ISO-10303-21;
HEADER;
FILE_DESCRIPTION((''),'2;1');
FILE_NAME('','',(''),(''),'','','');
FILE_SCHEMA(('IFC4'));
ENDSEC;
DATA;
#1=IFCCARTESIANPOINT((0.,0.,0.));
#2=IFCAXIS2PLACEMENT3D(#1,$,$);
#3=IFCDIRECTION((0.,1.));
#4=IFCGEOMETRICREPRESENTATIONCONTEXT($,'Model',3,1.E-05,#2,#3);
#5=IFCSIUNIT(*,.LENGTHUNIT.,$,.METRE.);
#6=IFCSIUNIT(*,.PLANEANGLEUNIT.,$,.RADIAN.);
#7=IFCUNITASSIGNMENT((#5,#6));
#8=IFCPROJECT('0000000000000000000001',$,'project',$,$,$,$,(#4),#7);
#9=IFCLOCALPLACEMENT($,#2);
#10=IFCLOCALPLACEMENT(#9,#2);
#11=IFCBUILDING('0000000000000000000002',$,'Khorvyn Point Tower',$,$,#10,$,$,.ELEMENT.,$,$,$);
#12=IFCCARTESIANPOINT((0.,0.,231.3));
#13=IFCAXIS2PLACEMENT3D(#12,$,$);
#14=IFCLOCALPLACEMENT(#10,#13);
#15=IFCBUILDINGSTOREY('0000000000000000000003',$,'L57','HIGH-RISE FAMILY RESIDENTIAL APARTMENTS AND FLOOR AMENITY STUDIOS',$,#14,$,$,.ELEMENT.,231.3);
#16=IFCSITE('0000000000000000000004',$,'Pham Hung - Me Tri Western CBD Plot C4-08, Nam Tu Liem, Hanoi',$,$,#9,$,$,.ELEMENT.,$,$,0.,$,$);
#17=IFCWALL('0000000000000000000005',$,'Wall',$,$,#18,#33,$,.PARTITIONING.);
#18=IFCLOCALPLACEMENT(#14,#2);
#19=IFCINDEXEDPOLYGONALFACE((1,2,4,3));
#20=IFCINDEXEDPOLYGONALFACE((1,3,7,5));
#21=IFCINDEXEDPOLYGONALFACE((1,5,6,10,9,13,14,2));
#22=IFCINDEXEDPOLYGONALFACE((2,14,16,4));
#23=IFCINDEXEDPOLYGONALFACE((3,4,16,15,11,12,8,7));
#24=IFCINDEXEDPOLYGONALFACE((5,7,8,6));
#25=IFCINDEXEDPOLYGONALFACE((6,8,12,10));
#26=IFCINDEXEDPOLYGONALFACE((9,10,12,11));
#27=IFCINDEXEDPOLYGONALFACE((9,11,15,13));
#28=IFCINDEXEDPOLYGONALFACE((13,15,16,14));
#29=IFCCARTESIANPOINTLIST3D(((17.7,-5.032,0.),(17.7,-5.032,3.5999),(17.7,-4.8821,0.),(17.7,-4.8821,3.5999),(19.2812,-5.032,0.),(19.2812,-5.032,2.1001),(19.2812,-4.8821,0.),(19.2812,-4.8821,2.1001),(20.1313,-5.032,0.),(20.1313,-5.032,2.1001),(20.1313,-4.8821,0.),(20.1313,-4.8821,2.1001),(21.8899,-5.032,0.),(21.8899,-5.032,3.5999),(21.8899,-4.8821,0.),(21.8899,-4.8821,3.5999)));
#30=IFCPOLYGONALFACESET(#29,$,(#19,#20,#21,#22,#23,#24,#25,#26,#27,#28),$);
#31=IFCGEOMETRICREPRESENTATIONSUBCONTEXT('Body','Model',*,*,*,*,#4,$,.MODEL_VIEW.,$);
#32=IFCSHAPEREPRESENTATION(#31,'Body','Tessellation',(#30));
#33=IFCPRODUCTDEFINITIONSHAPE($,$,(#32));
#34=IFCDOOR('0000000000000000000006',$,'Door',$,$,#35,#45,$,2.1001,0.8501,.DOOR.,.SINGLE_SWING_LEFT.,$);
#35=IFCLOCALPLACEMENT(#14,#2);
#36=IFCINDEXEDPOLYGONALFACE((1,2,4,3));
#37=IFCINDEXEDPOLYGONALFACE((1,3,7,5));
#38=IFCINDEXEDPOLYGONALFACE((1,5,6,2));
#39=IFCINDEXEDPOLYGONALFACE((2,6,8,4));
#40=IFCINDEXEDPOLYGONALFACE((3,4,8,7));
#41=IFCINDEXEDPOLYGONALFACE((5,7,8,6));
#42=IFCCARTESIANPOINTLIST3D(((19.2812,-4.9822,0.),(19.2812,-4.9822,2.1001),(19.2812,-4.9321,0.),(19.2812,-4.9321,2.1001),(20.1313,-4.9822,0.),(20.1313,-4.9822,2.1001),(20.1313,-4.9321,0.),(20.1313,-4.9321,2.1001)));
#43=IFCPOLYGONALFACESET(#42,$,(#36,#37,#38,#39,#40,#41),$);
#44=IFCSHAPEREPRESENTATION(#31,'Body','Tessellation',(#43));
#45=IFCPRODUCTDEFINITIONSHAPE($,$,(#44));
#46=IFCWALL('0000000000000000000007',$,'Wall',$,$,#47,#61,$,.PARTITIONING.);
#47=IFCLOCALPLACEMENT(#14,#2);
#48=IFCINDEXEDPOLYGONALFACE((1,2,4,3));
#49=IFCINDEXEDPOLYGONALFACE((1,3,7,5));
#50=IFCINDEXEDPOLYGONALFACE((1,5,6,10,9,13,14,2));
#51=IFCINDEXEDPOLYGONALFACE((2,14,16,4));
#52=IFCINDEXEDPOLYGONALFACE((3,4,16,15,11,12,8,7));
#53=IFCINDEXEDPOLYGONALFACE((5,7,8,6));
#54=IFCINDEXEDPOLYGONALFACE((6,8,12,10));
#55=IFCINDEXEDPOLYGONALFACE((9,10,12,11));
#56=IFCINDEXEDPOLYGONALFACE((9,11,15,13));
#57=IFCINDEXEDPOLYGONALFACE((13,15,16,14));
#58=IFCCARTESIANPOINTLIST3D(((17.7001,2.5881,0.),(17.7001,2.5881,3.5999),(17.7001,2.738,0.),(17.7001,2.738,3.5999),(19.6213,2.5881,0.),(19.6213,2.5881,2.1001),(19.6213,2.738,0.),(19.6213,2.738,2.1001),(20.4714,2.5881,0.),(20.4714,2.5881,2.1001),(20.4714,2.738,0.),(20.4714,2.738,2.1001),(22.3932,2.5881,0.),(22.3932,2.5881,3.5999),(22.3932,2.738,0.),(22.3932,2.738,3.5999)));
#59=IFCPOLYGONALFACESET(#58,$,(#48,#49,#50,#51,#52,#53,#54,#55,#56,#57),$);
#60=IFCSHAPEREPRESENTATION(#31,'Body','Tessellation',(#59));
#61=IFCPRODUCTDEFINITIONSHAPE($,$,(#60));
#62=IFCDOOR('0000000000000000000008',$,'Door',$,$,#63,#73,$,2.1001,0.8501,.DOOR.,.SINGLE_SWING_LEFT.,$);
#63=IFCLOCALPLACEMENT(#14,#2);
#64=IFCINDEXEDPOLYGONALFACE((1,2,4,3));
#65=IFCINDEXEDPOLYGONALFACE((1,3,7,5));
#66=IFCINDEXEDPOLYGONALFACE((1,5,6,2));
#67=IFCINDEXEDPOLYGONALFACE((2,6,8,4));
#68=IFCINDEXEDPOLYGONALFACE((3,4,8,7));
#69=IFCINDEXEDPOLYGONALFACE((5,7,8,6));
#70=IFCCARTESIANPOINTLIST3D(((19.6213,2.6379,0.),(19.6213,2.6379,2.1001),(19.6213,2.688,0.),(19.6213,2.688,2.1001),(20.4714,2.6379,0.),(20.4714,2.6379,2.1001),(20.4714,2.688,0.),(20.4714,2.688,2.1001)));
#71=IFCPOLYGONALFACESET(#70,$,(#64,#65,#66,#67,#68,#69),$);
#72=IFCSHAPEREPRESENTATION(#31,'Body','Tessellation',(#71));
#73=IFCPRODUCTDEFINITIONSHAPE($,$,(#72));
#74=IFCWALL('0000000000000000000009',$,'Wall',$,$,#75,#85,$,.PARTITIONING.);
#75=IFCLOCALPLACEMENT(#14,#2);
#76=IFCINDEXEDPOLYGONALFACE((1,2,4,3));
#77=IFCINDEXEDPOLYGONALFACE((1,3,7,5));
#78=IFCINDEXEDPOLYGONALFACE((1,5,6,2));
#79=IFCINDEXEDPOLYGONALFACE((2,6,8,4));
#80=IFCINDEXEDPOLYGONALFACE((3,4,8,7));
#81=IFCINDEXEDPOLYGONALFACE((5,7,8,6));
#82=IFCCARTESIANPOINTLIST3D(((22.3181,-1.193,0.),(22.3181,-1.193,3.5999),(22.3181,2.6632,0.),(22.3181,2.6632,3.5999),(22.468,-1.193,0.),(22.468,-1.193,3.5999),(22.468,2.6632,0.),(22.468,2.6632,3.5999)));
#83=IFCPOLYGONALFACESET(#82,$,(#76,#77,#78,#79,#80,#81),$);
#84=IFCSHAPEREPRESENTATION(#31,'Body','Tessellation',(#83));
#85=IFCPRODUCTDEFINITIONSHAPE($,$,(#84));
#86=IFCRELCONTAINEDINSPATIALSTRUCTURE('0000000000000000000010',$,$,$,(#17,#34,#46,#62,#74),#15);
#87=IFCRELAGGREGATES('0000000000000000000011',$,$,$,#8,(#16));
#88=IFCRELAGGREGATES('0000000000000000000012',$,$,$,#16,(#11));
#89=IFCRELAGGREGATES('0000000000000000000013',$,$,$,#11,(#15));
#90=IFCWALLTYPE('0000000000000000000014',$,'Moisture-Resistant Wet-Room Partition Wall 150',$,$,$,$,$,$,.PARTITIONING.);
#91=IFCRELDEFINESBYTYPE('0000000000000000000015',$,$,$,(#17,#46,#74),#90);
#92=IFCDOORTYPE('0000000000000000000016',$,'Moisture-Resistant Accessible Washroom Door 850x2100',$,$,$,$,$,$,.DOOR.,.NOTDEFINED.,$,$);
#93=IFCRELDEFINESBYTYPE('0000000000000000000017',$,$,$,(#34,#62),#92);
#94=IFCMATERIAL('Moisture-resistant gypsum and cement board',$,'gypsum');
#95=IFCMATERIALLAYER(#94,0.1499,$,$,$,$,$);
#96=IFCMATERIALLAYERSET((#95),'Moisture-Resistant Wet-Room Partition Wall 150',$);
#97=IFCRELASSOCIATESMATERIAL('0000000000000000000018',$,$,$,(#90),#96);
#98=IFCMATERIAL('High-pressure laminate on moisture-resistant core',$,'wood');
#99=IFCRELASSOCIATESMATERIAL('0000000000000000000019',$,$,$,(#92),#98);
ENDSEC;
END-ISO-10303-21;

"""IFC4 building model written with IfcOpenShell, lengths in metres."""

from ifc_helpers import new_model, si_unit, direction, frame, frame_2d, origin, place, context, subcontext, project, spatial, rectangle, extrude, material, layer, layer_set, type_object, element, fill, save


model = new_model("IFC4")

# Units and contexts
model_context = context("Model", 3, precision=1e-05, world=origin(), true_north=direction((0.0, 1.0)))
body_context = subcontext(model_context, "Body", "Model", "MODEL_VIEW")
ifc_project = project(units=[si_unit("LENGTHUNIT", "METRE"), si_unit("PLANEANGLEUNIT", "RADIAN")], contexts=[model_context])

# Site, building, storey
site_placement = place(None, origin())
site = spatial("IfcSite", under=ifc_project, at=site_placement, Name="Pham Hung - Me Tri Western CBD Plot C4-08, Nam Tu Liem, Hanoi", CompositionType="ELEMENT", RefElevation=0.0)
building_placement = place(site_placement, origin())
building = spatial("IfcBuilding", under=site, at=building_placement, Name="Khorvyn Point Tower", CompositionType="ELEMENT")
storey_placement = place(building_placement, frame((0.0, 0.0, 231.3)))
storey = spatial("IfcBuildingStorey", under=building, at=storey_placement, Name="L57", Description="HIGH-RISE FAMILY RESIDENTIAL APARTMENTS AND FLOOR AMENITY STUDIOS", CompositionType="ELEMENT", Elevation=231.3)

# Walls, openings, doors
ifc_material_1 = material(Name="Moisture-resistant gypsum and cement board", Category="gypsum")
ifc_layer_1 = layer(ifc_material_1, 0.1499)
ifc_layer_set_1 = layer_set([ifc_layer_1], Name="Moisture-Resistant Wet-Room Partition Wall 150")
wall_type_1 = type_object("IfcWallType", Name="Moisture-Resistant Wet-Room Partition Wall 150", PredefinedType="PARTITIONING", material=ifc_layer_set_1)
wall_1_placement = place(storey_placement, frame((17.7, -4.957, 0.0), z_axis=(0.0, 0.0, 1.0), x_axis=(1.0, 0.0, 0.0)))
wall_1 = element("IfcWall", 1, at=wall_1_placement, inside=storey, type_object=wall_type_1, Name="Wall", PredefinedType="PARTITIONING", context=body_context, shape_type="SweptSolid", body=[
    extrude(rectangle(XDim=4.1899, YDim=0.1499, at=frame_2d((2.095, 0.0))), origin(), (0.0, 0.0, 1.0), 3.5999),
])
opening_1_placement = place(wall_1_placement, frame((1.5813, 0.0, 0.0)))
opening_1 = element("IfcOpeningElement", 2, at=opening_1_placement, cuts=wall_1, PredefinedType="OPENING", context=body_context, shape_type="SweptSolid", body=[
    extrude(rectangle(XDim=0.8501, YDim=2.1001, at=frame_2d((0.425, 1.05))), frame((0.0, 0.085, 0.0), z_axis=(0.0, -1.0, 0.0), x_axis=(1.0, 0.0, 0.0)), (0.0, 0.0, 1.0), 0.1699),
])
ifc_material_2 = material(Name="High-pressure laminate on moisture-resistant core", Category="wood")
door_type_1 = type_object("IfcDoorType", Name="Moisture-Resistant Accessible Washroom Door 850x2100", OperationType="NOTDEFINED", PredefinedType="DOOR", material=ifc_material_2)
door_1_placement = place(opening_1_placement, origin())
door_1 = element("IfcDoor", 3, at=door_1_placement, inside=storey, type_object=door_type_1, Name="Door", OperationType="SINGLE_SWING_LEFT", OverallHeight=2.1001, OverallWidth=0.8501, PredefinedType="DOOR", context=body_context, shape_type="SweptSolid", body=[
    extrude(rectangle(XDim=0.8501, YDim=2.1001, at=frame_2d((0.425, 1.05))), frame((0.0, 0.0249, 0.0), z_axis=(0.0, -1.0, 0.0), x_axis=(1.0, 0.0, 0.0)), (0.0, 0.0, 1.0), 0.05),
])
fill(opening_1, door_1)
wall_2_placement = place(storey_placement, frame((17.7, 2.6631, 0.0), z_axis=(0.0, 0.0, 1.0), x_axis=(1.0, 0.0, 0.0)))
wall_2 = element("IfcWall", 4, at=wall_2_placement, inside=storey, type_object=wall_type_1, Name="Wall", PredefinedType="PARTITIONING", context=body_context, shape_type="SweptSolid", body=[
    extrude(rectangle(XDim=4.6931, YDim=0.1499, at=frame_2d((2.3467, 0.0))), origin(), (0.0, 0.0, 1.0), 3.5999),
])
opening_2_placement = place(wall_2_placement, frame((1.9214, 0.0, 0.0)))
opening_2 = element("IfcOpeningElement", 5, at=opening_2_placement, cuts=wall_2, PredefinedType="OPENING", context=body_context, shape_type="SweptSolid", body=[
    extrude(rectangle(XDim=0.8501, YDim=2.1001, at=frame_2d((0.425, 1.05))), frame((0.0, 0.085, 0.0), z_axis=(0.0, -1.0, 0.0), x_axis=(1.0, 0.0, 0.0)), (0.0, 0.0, 1.0), 0.1699),
])
door_2_placement = place(opening_2_placement, origin())
door_2 = element("IfcDoor", 6, at=door_2_placement, inside=storey, type_object=door_type_1, Name="Door", OperationType="SINGLE_SWING_LEFT", OverallHeight=2.1001, OverallWidth=0.8501, PredefinedType="DOOR", context=body_context, shape_type="SweptSolid", body=[
    extrude(rectangle(XDim=0.8501, YDim=2.1001, at=frame_2d((0.425, 1.05))), frame((0.0, 0.0249, 0.0), z_axis=(0.0, -1.0, 0.0), x_axis=(1.0, 0.0, 0.0)), (0.0, 0.0, 1.0), 0.05),
])
fill(opening_2, door_2)

# Wall
wall_3_placement = place(storey_placement, frame((22.3931, -1.1931, 0.0), z_axis=(0.0, 0.0, 1.0), x_axis=(0.0, 1.0, 0.0)))
element("IfcWall", 7, at=wall_3_placement, inside=storey, type_object=wall_type_1, Name="Wall", PredefinedType="PARTITIONING", context=body_context, shape_type="SweptSolid", body=[
    extrude(rectangle(XDim=3.8562, YDim=0.1499, at=frame_2d((1.9282, 0.0))), origin(), (0.0, 0.0, 1.0), 3.5999),
])

save(model, "model.ifc")
